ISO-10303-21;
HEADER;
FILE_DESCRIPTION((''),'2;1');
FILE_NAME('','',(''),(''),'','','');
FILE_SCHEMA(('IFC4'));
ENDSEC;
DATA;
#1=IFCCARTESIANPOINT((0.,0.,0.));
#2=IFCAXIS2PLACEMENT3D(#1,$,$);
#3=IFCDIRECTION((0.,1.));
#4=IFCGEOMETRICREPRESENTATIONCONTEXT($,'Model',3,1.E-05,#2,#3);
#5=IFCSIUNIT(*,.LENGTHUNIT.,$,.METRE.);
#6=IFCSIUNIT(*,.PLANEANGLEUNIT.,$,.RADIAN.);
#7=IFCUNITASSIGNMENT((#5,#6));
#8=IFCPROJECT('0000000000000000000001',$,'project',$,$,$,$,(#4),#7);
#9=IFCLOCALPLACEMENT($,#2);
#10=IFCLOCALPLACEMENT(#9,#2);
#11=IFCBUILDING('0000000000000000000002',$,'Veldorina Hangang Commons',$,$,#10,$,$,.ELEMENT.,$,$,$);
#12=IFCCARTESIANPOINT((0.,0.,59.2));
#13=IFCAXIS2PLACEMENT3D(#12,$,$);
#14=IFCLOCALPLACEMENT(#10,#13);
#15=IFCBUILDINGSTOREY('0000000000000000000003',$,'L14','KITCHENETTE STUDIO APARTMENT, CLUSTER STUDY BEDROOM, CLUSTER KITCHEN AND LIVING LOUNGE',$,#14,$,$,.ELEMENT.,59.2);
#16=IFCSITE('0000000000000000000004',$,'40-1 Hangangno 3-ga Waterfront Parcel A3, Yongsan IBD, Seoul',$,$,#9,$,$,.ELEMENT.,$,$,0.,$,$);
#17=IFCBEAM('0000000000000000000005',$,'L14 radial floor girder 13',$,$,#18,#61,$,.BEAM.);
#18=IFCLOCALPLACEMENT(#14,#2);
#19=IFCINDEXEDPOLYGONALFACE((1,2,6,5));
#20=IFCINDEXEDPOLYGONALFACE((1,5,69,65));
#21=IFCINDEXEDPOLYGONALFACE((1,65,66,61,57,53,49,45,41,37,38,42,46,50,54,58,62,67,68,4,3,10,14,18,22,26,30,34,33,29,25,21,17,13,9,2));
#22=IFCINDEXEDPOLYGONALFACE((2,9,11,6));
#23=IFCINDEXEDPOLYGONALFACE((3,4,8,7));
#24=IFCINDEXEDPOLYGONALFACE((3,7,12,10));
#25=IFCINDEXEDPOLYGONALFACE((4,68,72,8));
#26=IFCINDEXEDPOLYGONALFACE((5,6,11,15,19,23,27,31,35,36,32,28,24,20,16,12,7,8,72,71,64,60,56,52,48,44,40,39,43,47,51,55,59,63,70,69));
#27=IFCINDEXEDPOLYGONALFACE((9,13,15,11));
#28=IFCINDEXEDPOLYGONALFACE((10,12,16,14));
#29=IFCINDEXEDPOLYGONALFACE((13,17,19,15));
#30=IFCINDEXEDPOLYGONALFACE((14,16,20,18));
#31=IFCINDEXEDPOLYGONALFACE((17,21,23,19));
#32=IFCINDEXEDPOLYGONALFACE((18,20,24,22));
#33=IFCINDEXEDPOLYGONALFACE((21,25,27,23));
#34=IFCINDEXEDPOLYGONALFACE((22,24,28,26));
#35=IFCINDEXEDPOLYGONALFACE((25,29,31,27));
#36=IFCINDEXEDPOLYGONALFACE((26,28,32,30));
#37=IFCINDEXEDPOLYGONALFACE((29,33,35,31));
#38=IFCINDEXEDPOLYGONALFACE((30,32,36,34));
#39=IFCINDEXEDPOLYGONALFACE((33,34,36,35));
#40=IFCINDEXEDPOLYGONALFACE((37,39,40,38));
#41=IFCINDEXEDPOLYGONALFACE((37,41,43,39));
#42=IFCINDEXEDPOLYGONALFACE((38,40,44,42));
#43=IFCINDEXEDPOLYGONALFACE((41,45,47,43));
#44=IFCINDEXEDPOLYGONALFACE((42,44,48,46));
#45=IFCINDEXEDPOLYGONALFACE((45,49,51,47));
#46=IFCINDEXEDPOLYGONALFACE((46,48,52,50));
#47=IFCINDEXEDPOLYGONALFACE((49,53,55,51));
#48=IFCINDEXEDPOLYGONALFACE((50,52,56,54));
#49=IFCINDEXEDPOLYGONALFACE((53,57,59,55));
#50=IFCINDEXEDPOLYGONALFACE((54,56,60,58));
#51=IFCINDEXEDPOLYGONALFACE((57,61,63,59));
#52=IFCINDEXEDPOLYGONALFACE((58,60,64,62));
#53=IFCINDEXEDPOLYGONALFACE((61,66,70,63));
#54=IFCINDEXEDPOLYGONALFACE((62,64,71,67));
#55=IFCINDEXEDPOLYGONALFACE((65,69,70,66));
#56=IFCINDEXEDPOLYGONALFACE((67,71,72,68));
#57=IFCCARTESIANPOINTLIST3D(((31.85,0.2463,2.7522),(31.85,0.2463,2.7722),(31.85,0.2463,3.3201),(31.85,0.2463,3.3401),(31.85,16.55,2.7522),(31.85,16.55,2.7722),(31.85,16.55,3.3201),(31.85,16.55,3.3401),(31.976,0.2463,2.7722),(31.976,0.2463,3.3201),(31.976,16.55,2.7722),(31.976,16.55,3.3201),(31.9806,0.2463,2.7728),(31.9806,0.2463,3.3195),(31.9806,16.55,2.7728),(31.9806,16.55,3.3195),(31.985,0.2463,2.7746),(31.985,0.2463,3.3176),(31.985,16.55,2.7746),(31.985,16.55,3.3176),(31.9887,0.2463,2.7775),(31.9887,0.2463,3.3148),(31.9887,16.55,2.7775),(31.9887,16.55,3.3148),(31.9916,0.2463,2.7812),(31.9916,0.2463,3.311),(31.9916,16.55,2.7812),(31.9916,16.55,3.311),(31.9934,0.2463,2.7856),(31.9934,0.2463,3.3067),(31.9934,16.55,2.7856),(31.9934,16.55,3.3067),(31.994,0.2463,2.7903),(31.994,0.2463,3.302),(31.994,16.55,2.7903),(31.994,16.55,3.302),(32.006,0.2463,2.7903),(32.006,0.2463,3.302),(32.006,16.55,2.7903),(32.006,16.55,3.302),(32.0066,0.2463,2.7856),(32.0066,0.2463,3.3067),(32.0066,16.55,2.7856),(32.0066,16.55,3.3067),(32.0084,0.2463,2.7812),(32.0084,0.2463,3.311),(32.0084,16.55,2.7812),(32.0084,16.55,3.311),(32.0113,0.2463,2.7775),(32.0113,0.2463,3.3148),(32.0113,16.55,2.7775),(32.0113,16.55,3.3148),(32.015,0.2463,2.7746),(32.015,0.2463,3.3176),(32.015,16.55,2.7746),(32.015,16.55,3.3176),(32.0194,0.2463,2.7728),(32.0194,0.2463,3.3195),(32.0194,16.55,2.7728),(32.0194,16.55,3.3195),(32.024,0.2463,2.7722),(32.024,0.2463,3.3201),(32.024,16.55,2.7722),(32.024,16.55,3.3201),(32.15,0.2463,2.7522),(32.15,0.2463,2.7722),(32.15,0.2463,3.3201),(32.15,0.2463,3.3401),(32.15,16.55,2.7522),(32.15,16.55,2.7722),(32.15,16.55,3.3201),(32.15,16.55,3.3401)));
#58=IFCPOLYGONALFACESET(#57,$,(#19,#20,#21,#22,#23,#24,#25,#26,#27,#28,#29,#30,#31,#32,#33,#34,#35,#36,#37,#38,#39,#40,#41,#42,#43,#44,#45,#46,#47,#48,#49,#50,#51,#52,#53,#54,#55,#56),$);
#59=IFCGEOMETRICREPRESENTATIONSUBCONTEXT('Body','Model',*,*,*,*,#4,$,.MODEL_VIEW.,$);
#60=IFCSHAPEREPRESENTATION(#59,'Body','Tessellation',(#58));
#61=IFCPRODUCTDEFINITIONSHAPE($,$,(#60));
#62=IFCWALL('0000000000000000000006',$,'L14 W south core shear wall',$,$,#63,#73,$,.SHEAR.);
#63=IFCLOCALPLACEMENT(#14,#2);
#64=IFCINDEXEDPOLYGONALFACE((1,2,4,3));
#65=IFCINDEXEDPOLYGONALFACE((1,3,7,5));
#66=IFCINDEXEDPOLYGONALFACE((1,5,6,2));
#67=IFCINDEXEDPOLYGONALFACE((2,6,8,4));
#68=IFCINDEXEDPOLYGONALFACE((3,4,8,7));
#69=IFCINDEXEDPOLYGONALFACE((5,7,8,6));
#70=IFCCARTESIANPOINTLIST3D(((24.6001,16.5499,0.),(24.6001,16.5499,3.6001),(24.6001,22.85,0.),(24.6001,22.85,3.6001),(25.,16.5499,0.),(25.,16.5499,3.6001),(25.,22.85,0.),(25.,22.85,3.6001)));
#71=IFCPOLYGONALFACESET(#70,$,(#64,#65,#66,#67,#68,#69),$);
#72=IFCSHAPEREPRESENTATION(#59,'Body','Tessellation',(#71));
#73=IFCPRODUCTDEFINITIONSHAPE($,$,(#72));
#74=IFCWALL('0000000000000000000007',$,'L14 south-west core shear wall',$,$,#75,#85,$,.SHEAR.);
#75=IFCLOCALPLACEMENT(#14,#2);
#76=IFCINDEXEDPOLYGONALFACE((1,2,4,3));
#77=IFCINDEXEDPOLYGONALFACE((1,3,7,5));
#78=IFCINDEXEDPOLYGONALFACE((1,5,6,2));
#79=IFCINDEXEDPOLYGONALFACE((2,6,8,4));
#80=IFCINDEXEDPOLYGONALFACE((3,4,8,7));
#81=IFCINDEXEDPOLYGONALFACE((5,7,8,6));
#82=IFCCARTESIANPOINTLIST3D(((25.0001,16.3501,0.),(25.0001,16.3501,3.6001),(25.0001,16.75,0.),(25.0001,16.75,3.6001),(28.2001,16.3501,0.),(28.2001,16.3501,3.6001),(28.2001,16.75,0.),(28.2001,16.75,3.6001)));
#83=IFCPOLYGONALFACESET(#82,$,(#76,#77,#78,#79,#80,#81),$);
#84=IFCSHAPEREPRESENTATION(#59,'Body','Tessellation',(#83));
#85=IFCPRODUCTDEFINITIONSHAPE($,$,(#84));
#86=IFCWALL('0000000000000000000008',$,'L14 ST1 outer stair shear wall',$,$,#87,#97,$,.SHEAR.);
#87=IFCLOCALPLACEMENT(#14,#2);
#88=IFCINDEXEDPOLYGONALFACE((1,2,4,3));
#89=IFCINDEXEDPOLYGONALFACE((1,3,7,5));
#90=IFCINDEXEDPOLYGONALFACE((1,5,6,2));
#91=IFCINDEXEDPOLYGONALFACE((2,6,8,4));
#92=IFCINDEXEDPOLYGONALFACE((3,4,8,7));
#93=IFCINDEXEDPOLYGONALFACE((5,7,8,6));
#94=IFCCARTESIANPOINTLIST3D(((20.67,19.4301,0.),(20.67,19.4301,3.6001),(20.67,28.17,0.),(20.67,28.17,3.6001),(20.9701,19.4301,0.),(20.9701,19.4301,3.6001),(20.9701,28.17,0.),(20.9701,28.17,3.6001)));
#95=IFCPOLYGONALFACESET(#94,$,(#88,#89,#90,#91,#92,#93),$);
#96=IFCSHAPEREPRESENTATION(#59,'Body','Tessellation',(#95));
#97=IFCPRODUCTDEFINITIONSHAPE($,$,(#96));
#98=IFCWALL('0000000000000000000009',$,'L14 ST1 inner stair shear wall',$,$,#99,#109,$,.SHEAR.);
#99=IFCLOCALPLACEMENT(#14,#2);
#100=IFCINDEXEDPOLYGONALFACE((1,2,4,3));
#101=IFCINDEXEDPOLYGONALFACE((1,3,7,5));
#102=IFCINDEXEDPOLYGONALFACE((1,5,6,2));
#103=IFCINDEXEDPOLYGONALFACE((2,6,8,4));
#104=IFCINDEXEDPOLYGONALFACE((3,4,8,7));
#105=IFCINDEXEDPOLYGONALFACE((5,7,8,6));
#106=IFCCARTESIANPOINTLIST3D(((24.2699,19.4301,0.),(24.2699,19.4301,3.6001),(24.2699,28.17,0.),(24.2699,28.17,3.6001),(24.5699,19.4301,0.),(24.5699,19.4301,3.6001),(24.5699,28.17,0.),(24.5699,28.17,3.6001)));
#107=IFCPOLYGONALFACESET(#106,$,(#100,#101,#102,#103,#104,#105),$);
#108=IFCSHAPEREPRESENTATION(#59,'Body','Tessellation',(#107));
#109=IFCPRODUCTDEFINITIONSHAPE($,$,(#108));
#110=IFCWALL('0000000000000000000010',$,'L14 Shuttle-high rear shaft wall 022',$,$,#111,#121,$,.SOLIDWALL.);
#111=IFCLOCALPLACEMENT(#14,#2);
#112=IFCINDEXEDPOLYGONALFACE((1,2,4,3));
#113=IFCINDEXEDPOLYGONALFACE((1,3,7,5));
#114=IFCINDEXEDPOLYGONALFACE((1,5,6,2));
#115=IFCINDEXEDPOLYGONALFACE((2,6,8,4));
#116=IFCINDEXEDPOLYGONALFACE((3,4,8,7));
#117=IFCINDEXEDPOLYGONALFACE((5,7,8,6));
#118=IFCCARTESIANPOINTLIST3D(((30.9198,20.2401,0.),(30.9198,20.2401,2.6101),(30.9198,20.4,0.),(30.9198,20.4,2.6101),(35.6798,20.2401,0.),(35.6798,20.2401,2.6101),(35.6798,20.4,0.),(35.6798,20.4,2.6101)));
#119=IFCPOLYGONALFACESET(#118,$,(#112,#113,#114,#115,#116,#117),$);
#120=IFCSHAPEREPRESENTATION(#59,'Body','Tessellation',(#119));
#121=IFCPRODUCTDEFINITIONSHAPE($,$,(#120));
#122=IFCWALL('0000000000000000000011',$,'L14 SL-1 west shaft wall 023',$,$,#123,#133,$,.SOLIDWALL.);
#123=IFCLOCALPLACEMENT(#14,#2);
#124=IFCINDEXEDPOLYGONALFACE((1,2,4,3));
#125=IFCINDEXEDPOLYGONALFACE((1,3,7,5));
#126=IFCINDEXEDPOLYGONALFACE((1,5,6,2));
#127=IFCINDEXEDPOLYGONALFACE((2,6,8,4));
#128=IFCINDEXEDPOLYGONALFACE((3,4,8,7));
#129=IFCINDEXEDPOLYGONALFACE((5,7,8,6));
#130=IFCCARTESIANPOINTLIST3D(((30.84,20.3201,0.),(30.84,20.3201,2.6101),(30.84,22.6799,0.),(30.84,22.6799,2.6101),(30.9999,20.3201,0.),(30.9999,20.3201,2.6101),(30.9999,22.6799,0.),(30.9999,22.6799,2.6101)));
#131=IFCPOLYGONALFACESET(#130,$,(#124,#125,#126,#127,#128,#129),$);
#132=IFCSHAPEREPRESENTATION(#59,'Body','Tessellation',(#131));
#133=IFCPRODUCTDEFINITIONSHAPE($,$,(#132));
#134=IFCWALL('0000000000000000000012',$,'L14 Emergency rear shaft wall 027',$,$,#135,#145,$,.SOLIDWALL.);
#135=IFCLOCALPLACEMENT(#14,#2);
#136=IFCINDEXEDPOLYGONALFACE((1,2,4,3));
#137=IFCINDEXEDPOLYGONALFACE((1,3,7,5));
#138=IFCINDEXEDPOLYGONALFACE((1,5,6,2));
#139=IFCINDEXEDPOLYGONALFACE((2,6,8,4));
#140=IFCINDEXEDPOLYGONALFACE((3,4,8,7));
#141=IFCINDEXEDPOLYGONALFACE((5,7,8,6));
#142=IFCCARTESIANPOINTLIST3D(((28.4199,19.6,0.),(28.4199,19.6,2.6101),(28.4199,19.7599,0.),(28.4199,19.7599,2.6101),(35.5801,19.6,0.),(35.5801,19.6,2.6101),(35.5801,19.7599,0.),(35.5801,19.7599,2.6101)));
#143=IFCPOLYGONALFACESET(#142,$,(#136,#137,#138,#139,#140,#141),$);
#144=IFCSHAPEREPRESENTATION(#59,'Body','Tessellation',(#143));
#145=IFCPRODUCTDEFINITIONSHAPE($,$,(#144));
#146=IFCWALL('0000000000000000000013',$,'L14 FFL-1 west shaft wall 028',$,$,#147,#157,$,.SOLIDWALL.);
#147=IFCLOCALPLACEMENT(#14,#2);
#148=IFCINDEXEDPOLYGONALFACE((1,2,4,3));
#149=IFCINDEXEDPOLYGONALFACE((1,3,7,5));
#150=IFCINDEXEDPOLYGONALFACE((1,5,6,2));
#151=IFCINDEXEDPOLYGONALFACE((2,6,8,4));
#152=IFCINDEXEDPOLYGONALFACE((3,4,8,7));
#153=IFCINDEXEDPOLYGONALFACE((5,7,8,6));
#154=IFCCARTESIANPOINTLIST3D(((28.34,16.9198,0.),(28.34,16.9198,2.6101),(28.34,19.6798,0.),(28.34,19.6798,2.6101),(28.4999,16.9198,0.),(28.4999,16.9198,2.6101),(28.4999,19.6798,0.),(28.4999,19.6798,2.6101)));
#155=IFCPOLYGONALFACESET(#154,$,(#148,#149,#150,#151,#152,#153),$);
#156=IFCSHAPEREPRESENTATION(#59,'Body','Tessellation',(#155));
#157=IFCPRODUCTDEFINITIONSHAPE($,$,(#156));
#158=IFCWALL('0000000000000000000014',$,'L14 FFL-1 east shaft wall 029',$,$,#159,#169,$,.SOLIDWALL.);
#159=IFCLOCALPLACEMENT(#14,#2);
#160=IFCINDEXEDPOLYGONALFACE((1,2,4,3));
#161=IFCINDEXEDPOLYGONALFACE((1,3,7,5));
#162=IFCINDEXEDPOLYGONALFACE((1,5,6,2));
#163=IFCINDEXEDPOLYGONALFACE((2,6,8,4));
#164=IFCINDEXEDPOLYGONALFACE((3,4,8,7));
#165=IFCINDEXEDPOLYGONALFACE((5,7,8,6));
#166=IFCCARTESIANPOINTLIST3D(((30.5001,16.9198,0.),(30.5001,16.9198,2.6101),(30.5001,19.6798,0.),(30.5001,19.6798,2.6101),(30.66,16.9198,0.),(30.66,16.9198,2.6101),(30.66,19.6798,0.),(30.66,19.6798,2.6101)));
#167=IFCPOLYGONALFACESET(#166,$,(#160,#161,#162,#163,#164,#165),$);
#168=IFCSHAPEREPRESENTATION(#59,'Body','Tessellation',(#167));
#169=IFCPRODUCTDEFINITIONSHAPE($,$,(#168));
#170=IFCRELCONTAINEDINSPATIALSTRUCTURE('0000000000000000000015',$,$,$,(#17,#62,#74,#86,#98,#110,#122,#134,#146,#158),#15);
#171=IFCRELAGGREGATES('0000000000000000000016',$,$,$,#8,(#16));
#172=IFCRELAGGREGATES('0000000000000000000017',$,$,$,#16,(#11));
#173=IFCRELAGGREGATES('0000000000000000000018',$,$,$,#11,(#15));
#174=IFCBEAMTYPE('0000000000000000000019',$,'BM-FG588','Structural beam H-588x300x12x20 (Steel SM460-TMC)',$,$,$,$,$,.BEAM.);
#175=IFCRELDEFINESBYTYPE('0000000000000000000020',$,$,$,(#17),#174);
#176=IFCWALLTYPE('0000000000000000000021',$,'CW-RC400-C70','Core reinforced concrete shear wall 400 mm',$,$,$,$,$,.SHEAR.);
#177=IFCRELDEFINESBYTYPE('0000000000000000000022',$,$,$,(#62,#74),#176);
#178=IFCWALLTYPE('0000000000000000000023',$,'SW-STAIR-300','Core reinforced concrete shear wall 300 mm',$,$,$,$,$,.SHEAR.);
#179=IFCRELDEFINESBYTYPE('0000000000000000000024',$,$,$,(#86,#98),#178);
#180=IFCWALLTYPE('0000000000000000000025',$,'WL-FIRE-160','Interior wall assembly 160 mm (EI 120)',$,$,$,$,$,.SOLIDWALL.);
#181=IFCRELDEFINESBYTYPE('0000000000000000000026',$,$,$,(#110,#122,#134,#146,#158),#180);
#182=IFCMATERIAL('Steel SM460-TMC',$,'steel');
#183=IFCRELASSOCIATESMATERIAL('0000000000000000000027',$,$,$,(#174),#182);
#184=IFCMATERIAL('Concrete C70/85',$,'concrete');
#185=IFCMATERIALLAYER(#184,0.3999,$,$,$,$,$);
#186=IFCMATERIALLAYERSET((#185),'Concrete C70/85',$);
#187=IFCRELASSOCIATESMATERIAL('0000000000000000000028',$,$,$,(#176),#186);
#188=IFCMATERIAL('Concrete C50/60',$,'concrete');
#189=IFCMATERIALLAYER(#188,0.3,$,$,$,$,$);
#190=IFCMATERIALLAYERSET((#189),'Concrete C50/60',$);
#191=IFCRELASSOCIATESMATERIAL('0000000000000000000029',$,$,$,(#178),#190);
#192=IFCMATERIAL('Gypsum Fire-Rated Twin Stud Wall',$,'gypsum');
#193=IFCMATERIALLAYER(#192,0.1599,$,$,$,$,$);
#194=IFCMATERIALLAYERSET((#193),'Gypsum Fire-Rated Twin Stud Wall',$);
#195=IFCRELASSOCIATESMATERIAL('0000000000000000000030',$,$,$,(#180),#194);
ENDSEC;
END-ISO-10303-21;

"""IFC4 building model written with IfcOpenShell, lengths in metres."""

from ifc_helpers import new_model, si_unit, direction, frame, frame_2d, origin, origin_2d, place, context, subcontext, project, spatial, rectangle, i_section, extrude, material, layer, layer_set, material_profile, profile_set, type_object, element, save


model = new_model("IFC4")

# Units and contexts
model_context = context("Model", 3, precision=1e-05, world=origin(), true_north=direction((0.0, 1.0)))
body_context = subcontext(model_context, "Body", "Model", "MODEL_VIEW")
ifc_project = project(units=[si_unit("LENGTHUNIT", "METRE"), si_unit("PLANEANGLEUNIT", "RADIAN")], contexts=[model_context])

# Site, building, storey
site_placement = place(None, origin())
site = spatial("IfcSite", under=ifc_project, at=site_placement, Name="40-1 Hangangno 3-ga Waterfront Parcel A3, Yongsan IBD, Seoul", CompositionType="ELEMENT", RefElevation=0.0)
building_placement = place(site_placement, origin())
building = spatial("IfcBuilding", under=site, at=building_placement, Name="Veldorina Hangang Commons", CompositionType="ELEMENT")
storey_placement = place(building_placement, frame((0.0, 0.0, 59.2)))
storey = spatial("IfcBuildingStorey", under=building, at=storey_placement, Name="L14", Description="KITCHENETTE STUDIO APARTMENT, CLUSTER STUDY BEDROOM, CLUSTER KITCHEN AND LIVING LOUNGE", CompositionType="ELEMENT", Elevation=59.2)

# Beam
ifc_material_1 = material(Name="Concrete C70/85", Category="concrete")
ifc_material_2 = material(Name="Steel SM460-TMC", Category="steel")
ifc_material_profile_1 = material_profile(ifc_material_2, i_section(OverallWidth=0.3, OverallDepth=0.5879, WebThickness=0.012, FlangeThickness=0.02, FilletRadius=0.0181, at=origin_2d()), Name="H-588x300x12x20")
ifc_profile_set_1 = profile_set([ifc_material_profile_1], Name="Steel SM460-TMC")
beam_type_1 = type_object("IfcBeamType", Name="BM-FG588", Description="Structural beam H-588x300x12x20 (Steel SM460-TMC)", PredefinedType="BEAM", material=ifc_profile_set_1)
beam_1_placement = place(storey_placement, frame((32.0, 16.55, 3.0461), z_axis=(0.0, -1.0, 0.0), x_axis=(1.0, 0.0, 0.0)))
element("IfcBeam", 1, at=beam_1_placement, inside=storey, type_object=beam_type_1, Name="L14 radial floor girder 13", PredefinedType="BEAM", context=body_context, shape_type="SweptSolid", body=[
    extrude(i_section(OverallWidth=0.3, OverallDepth=0.5879, WebThickness=0.012, FlangeThickness=0.02, FilletRadius=0.0181, at=origin_2d()), origin(), (0.0, 0.0, 1.0), 16.3037),
])

# Walls
ifc_layer_1 = layer(ifc_material_1, 0.3999)
ifc_layer_set_1 = layer_set([ifc_layer_1], Name="Concrete C70/85")
wall_type_1 = type_object("IfcWallType", Name="CW-RC400-C70", Description="Core reinforced concrete shear wall 400 mm", PredefinedType="SHEAR", material=ifc_layer_set_1)
wall_1_placement = place(storey_placement, frame((24.8, 16.55, 0.0), z_axis=(0.0, 0.0, 1.0), x_axis=(0.0, 1.0, 0.0)))
element("IfcWall", 2, at=wall_1_placement, inside=storey, type_object=wall_type_1, Name="L14 W south core shear wall", PredefinedType="SHEAR", context=body_context, shape_type="SweptSolid", body=[
    extrude(rectangle(XDim=6.3, YDim=0.3999, at=frame_2d((3.1499, 0.0))), origin(), (0.0, 0.0, 1.0), 3.6001),
])
wall_2_placement = place(storey_placement, frame((25.0, 16.55, 0.0), z_axis=(0.0, 0.0, 1.0), x_axis=(1.0, 0.0, 0.0)))
element("IfcWall", 3, at=wall_2_placement, inside=storey, type_object=wall_type_1, Name="L14 south-west core shear wall", PredefinedType="SHEAR", context=body_context, shape_type="SweptSolid", body=[
    extrude(rectangle(XDim=3.2, YDim=0.3999, at=frame_2d((1.6001, 0.0))), origin(), (0.0, 0.0, 1.0), 3.6001),
])
ifc_material_3 = material(Name="Concrete C50/60", Category="concrete")
ifc_layer_2 = layer(ifc_material_3, 0.3)
ifc_layer_set_2 = layer_set([ifc_layer_2], Name="Concrete C50/60")
wall_type_2 = type_object("IfcWallType", Name="SW-STAIR-300", Description="Core reinforced concrete shear wall 300 mm", PredefinedType="SHEAR", material=ifc_layer_set_2)
for number, where, z_axis, x_axis, name in (
    (4, (20.8201, 19.4299, 0.0), (0.0, 0.0, 1.0), (0.0, 1.0, 0.0), "L14 ST1 outer stair shear wall"),
    (5, (24.4199, 19.4299, 0.0), (0.0, 0.0, 1.0), (0.0, 1.0, 0.0), "L14 ST1 inner stair shear wall"),
):
    element("IfcWall", number, at=place(storey_placement, frame(where, z_axis=z_axis, x_axis=x_axis)), inside=storey, type_object=wall_type_2, Name=name, PredefinedType="SHEAR", context=body_context, shape_type="SweptSolid", body=[
        extrude(rectangle(XDim=8.74, YDim=0.3, at=frame_2d((4.3701, 0.0))), origin(), (0.0, 0.0, 1.0), 3.6001),
    ])
ifc_material_4 = material(Name="Gypsum Fire-Rated Twin Stud Wall", Category="gypsum")
ifc_layer_3 = layer(ifc_material_4, 0.1599)
ifc_layer_set_3 = layer_set([ifc_layer_3], Name="Gypsum Fire-Rated Twin Stud Wall")
wall_type_3 = type_object("IfcWallType", Name="WL-FIRE-160", Description="Interior wall assembly 160 mm (EI 120)", PredefinedType="SOLIDWALL", material=ifc_layer_set_3)
wall_3_placement = place(storey_placement, frame((30.9199, 20.3201, 0.0), z_axis=(0.0, 0.0, 1.0), x_axis=(1.0, 0.0, 0.0)))
element("IfcWall", 6, at=wall_3_placement, inside=storey, type_object=wall_type_3, Name="L14 Shuttle-high rear shaft wall 022", PredefinedType="SOLIDWALL", context=body_context, shape_type="SweptSolid", body=[
    extrude(rectangle(XDim=4.76, YDim=0.1599, at=frame_2d((2.3799, 0.0))), origin(), (0.0, 0.0, 1.0), 2.6101),
])
wall_4_placement = place(storey_placement, frame((30.9199, 20.3201, 0.0), z_axis=(0.0, 0.0, 1.0), x_axis=(0.0, 1.0, 0.0)))
element("IfcWall", 7, at=wall_4_placement, inside=storey, type_object=wall_type_3, Name="L14 SL-1 west shaft wall 023", PredefinedType="SOLIDWALL", context=body_context, shape_type="SweptSolid", body=[
    extrude(rectangle(XDim=2.3599, YDim=0.1599, at=frame_2d((1.1799, 0.0))), origin(), (0.0, 0.0, 1.0), 2.6101),
])

# Walls
wall_5_placement = place(storey_placement, frame((28.4199, 19.6799, 0.0), z_axis=(0.0, 0.0, 1.0), x_axis=(1.0, 0.0, 0.0)))
element("IfcWall", 8, at=wall_5_placement, inside=storey, type_object=wall_type_3, Name="L14 Emergency rear shaft wall 027", PredefinedType="SOLIDWALL", context=body_context, shape_type="SweptSolid", body=[
    extrude(rectangle(XDim=7.1602, YDim=0.1599, at=frame_2d((3.5801, 0.0))), origin(), (0.0, 0.0, 1.0), 2.6101),
])
for number, where, z_axis, x_axis, name in (
    (9, (28.4199, 16.9199, 0.0), (0.0, 0.0, 1.0), (0.0, 1.0, 0.0), "L14 FFL-1 west shaft wall 028"),
    (10, (30.5801, 16.9199, 0.0), (0.0, 0.0, 1.0), (0.0, 1.0, 0.0), "L14 FFL-1 east shaft wall 029"),
):
    element("IfcWall", number, at=place(storey_placement, frame(where, z_axis=z_axis, x_axis=x_axis)), inside=storey, type_object=wall_type_3, Name=name, PredefinedType="SOLIDWALL", context=body_context, shape_type="SweptSolid", body=[
        extrude(rectangle(XDim=2.76, YDim=0.1599, at=frame_2d((1.3799, 0.0))), origin(), (0.0, 0.0, 1.0), 2.6101),
    ])

save(model, "model.ifc")
